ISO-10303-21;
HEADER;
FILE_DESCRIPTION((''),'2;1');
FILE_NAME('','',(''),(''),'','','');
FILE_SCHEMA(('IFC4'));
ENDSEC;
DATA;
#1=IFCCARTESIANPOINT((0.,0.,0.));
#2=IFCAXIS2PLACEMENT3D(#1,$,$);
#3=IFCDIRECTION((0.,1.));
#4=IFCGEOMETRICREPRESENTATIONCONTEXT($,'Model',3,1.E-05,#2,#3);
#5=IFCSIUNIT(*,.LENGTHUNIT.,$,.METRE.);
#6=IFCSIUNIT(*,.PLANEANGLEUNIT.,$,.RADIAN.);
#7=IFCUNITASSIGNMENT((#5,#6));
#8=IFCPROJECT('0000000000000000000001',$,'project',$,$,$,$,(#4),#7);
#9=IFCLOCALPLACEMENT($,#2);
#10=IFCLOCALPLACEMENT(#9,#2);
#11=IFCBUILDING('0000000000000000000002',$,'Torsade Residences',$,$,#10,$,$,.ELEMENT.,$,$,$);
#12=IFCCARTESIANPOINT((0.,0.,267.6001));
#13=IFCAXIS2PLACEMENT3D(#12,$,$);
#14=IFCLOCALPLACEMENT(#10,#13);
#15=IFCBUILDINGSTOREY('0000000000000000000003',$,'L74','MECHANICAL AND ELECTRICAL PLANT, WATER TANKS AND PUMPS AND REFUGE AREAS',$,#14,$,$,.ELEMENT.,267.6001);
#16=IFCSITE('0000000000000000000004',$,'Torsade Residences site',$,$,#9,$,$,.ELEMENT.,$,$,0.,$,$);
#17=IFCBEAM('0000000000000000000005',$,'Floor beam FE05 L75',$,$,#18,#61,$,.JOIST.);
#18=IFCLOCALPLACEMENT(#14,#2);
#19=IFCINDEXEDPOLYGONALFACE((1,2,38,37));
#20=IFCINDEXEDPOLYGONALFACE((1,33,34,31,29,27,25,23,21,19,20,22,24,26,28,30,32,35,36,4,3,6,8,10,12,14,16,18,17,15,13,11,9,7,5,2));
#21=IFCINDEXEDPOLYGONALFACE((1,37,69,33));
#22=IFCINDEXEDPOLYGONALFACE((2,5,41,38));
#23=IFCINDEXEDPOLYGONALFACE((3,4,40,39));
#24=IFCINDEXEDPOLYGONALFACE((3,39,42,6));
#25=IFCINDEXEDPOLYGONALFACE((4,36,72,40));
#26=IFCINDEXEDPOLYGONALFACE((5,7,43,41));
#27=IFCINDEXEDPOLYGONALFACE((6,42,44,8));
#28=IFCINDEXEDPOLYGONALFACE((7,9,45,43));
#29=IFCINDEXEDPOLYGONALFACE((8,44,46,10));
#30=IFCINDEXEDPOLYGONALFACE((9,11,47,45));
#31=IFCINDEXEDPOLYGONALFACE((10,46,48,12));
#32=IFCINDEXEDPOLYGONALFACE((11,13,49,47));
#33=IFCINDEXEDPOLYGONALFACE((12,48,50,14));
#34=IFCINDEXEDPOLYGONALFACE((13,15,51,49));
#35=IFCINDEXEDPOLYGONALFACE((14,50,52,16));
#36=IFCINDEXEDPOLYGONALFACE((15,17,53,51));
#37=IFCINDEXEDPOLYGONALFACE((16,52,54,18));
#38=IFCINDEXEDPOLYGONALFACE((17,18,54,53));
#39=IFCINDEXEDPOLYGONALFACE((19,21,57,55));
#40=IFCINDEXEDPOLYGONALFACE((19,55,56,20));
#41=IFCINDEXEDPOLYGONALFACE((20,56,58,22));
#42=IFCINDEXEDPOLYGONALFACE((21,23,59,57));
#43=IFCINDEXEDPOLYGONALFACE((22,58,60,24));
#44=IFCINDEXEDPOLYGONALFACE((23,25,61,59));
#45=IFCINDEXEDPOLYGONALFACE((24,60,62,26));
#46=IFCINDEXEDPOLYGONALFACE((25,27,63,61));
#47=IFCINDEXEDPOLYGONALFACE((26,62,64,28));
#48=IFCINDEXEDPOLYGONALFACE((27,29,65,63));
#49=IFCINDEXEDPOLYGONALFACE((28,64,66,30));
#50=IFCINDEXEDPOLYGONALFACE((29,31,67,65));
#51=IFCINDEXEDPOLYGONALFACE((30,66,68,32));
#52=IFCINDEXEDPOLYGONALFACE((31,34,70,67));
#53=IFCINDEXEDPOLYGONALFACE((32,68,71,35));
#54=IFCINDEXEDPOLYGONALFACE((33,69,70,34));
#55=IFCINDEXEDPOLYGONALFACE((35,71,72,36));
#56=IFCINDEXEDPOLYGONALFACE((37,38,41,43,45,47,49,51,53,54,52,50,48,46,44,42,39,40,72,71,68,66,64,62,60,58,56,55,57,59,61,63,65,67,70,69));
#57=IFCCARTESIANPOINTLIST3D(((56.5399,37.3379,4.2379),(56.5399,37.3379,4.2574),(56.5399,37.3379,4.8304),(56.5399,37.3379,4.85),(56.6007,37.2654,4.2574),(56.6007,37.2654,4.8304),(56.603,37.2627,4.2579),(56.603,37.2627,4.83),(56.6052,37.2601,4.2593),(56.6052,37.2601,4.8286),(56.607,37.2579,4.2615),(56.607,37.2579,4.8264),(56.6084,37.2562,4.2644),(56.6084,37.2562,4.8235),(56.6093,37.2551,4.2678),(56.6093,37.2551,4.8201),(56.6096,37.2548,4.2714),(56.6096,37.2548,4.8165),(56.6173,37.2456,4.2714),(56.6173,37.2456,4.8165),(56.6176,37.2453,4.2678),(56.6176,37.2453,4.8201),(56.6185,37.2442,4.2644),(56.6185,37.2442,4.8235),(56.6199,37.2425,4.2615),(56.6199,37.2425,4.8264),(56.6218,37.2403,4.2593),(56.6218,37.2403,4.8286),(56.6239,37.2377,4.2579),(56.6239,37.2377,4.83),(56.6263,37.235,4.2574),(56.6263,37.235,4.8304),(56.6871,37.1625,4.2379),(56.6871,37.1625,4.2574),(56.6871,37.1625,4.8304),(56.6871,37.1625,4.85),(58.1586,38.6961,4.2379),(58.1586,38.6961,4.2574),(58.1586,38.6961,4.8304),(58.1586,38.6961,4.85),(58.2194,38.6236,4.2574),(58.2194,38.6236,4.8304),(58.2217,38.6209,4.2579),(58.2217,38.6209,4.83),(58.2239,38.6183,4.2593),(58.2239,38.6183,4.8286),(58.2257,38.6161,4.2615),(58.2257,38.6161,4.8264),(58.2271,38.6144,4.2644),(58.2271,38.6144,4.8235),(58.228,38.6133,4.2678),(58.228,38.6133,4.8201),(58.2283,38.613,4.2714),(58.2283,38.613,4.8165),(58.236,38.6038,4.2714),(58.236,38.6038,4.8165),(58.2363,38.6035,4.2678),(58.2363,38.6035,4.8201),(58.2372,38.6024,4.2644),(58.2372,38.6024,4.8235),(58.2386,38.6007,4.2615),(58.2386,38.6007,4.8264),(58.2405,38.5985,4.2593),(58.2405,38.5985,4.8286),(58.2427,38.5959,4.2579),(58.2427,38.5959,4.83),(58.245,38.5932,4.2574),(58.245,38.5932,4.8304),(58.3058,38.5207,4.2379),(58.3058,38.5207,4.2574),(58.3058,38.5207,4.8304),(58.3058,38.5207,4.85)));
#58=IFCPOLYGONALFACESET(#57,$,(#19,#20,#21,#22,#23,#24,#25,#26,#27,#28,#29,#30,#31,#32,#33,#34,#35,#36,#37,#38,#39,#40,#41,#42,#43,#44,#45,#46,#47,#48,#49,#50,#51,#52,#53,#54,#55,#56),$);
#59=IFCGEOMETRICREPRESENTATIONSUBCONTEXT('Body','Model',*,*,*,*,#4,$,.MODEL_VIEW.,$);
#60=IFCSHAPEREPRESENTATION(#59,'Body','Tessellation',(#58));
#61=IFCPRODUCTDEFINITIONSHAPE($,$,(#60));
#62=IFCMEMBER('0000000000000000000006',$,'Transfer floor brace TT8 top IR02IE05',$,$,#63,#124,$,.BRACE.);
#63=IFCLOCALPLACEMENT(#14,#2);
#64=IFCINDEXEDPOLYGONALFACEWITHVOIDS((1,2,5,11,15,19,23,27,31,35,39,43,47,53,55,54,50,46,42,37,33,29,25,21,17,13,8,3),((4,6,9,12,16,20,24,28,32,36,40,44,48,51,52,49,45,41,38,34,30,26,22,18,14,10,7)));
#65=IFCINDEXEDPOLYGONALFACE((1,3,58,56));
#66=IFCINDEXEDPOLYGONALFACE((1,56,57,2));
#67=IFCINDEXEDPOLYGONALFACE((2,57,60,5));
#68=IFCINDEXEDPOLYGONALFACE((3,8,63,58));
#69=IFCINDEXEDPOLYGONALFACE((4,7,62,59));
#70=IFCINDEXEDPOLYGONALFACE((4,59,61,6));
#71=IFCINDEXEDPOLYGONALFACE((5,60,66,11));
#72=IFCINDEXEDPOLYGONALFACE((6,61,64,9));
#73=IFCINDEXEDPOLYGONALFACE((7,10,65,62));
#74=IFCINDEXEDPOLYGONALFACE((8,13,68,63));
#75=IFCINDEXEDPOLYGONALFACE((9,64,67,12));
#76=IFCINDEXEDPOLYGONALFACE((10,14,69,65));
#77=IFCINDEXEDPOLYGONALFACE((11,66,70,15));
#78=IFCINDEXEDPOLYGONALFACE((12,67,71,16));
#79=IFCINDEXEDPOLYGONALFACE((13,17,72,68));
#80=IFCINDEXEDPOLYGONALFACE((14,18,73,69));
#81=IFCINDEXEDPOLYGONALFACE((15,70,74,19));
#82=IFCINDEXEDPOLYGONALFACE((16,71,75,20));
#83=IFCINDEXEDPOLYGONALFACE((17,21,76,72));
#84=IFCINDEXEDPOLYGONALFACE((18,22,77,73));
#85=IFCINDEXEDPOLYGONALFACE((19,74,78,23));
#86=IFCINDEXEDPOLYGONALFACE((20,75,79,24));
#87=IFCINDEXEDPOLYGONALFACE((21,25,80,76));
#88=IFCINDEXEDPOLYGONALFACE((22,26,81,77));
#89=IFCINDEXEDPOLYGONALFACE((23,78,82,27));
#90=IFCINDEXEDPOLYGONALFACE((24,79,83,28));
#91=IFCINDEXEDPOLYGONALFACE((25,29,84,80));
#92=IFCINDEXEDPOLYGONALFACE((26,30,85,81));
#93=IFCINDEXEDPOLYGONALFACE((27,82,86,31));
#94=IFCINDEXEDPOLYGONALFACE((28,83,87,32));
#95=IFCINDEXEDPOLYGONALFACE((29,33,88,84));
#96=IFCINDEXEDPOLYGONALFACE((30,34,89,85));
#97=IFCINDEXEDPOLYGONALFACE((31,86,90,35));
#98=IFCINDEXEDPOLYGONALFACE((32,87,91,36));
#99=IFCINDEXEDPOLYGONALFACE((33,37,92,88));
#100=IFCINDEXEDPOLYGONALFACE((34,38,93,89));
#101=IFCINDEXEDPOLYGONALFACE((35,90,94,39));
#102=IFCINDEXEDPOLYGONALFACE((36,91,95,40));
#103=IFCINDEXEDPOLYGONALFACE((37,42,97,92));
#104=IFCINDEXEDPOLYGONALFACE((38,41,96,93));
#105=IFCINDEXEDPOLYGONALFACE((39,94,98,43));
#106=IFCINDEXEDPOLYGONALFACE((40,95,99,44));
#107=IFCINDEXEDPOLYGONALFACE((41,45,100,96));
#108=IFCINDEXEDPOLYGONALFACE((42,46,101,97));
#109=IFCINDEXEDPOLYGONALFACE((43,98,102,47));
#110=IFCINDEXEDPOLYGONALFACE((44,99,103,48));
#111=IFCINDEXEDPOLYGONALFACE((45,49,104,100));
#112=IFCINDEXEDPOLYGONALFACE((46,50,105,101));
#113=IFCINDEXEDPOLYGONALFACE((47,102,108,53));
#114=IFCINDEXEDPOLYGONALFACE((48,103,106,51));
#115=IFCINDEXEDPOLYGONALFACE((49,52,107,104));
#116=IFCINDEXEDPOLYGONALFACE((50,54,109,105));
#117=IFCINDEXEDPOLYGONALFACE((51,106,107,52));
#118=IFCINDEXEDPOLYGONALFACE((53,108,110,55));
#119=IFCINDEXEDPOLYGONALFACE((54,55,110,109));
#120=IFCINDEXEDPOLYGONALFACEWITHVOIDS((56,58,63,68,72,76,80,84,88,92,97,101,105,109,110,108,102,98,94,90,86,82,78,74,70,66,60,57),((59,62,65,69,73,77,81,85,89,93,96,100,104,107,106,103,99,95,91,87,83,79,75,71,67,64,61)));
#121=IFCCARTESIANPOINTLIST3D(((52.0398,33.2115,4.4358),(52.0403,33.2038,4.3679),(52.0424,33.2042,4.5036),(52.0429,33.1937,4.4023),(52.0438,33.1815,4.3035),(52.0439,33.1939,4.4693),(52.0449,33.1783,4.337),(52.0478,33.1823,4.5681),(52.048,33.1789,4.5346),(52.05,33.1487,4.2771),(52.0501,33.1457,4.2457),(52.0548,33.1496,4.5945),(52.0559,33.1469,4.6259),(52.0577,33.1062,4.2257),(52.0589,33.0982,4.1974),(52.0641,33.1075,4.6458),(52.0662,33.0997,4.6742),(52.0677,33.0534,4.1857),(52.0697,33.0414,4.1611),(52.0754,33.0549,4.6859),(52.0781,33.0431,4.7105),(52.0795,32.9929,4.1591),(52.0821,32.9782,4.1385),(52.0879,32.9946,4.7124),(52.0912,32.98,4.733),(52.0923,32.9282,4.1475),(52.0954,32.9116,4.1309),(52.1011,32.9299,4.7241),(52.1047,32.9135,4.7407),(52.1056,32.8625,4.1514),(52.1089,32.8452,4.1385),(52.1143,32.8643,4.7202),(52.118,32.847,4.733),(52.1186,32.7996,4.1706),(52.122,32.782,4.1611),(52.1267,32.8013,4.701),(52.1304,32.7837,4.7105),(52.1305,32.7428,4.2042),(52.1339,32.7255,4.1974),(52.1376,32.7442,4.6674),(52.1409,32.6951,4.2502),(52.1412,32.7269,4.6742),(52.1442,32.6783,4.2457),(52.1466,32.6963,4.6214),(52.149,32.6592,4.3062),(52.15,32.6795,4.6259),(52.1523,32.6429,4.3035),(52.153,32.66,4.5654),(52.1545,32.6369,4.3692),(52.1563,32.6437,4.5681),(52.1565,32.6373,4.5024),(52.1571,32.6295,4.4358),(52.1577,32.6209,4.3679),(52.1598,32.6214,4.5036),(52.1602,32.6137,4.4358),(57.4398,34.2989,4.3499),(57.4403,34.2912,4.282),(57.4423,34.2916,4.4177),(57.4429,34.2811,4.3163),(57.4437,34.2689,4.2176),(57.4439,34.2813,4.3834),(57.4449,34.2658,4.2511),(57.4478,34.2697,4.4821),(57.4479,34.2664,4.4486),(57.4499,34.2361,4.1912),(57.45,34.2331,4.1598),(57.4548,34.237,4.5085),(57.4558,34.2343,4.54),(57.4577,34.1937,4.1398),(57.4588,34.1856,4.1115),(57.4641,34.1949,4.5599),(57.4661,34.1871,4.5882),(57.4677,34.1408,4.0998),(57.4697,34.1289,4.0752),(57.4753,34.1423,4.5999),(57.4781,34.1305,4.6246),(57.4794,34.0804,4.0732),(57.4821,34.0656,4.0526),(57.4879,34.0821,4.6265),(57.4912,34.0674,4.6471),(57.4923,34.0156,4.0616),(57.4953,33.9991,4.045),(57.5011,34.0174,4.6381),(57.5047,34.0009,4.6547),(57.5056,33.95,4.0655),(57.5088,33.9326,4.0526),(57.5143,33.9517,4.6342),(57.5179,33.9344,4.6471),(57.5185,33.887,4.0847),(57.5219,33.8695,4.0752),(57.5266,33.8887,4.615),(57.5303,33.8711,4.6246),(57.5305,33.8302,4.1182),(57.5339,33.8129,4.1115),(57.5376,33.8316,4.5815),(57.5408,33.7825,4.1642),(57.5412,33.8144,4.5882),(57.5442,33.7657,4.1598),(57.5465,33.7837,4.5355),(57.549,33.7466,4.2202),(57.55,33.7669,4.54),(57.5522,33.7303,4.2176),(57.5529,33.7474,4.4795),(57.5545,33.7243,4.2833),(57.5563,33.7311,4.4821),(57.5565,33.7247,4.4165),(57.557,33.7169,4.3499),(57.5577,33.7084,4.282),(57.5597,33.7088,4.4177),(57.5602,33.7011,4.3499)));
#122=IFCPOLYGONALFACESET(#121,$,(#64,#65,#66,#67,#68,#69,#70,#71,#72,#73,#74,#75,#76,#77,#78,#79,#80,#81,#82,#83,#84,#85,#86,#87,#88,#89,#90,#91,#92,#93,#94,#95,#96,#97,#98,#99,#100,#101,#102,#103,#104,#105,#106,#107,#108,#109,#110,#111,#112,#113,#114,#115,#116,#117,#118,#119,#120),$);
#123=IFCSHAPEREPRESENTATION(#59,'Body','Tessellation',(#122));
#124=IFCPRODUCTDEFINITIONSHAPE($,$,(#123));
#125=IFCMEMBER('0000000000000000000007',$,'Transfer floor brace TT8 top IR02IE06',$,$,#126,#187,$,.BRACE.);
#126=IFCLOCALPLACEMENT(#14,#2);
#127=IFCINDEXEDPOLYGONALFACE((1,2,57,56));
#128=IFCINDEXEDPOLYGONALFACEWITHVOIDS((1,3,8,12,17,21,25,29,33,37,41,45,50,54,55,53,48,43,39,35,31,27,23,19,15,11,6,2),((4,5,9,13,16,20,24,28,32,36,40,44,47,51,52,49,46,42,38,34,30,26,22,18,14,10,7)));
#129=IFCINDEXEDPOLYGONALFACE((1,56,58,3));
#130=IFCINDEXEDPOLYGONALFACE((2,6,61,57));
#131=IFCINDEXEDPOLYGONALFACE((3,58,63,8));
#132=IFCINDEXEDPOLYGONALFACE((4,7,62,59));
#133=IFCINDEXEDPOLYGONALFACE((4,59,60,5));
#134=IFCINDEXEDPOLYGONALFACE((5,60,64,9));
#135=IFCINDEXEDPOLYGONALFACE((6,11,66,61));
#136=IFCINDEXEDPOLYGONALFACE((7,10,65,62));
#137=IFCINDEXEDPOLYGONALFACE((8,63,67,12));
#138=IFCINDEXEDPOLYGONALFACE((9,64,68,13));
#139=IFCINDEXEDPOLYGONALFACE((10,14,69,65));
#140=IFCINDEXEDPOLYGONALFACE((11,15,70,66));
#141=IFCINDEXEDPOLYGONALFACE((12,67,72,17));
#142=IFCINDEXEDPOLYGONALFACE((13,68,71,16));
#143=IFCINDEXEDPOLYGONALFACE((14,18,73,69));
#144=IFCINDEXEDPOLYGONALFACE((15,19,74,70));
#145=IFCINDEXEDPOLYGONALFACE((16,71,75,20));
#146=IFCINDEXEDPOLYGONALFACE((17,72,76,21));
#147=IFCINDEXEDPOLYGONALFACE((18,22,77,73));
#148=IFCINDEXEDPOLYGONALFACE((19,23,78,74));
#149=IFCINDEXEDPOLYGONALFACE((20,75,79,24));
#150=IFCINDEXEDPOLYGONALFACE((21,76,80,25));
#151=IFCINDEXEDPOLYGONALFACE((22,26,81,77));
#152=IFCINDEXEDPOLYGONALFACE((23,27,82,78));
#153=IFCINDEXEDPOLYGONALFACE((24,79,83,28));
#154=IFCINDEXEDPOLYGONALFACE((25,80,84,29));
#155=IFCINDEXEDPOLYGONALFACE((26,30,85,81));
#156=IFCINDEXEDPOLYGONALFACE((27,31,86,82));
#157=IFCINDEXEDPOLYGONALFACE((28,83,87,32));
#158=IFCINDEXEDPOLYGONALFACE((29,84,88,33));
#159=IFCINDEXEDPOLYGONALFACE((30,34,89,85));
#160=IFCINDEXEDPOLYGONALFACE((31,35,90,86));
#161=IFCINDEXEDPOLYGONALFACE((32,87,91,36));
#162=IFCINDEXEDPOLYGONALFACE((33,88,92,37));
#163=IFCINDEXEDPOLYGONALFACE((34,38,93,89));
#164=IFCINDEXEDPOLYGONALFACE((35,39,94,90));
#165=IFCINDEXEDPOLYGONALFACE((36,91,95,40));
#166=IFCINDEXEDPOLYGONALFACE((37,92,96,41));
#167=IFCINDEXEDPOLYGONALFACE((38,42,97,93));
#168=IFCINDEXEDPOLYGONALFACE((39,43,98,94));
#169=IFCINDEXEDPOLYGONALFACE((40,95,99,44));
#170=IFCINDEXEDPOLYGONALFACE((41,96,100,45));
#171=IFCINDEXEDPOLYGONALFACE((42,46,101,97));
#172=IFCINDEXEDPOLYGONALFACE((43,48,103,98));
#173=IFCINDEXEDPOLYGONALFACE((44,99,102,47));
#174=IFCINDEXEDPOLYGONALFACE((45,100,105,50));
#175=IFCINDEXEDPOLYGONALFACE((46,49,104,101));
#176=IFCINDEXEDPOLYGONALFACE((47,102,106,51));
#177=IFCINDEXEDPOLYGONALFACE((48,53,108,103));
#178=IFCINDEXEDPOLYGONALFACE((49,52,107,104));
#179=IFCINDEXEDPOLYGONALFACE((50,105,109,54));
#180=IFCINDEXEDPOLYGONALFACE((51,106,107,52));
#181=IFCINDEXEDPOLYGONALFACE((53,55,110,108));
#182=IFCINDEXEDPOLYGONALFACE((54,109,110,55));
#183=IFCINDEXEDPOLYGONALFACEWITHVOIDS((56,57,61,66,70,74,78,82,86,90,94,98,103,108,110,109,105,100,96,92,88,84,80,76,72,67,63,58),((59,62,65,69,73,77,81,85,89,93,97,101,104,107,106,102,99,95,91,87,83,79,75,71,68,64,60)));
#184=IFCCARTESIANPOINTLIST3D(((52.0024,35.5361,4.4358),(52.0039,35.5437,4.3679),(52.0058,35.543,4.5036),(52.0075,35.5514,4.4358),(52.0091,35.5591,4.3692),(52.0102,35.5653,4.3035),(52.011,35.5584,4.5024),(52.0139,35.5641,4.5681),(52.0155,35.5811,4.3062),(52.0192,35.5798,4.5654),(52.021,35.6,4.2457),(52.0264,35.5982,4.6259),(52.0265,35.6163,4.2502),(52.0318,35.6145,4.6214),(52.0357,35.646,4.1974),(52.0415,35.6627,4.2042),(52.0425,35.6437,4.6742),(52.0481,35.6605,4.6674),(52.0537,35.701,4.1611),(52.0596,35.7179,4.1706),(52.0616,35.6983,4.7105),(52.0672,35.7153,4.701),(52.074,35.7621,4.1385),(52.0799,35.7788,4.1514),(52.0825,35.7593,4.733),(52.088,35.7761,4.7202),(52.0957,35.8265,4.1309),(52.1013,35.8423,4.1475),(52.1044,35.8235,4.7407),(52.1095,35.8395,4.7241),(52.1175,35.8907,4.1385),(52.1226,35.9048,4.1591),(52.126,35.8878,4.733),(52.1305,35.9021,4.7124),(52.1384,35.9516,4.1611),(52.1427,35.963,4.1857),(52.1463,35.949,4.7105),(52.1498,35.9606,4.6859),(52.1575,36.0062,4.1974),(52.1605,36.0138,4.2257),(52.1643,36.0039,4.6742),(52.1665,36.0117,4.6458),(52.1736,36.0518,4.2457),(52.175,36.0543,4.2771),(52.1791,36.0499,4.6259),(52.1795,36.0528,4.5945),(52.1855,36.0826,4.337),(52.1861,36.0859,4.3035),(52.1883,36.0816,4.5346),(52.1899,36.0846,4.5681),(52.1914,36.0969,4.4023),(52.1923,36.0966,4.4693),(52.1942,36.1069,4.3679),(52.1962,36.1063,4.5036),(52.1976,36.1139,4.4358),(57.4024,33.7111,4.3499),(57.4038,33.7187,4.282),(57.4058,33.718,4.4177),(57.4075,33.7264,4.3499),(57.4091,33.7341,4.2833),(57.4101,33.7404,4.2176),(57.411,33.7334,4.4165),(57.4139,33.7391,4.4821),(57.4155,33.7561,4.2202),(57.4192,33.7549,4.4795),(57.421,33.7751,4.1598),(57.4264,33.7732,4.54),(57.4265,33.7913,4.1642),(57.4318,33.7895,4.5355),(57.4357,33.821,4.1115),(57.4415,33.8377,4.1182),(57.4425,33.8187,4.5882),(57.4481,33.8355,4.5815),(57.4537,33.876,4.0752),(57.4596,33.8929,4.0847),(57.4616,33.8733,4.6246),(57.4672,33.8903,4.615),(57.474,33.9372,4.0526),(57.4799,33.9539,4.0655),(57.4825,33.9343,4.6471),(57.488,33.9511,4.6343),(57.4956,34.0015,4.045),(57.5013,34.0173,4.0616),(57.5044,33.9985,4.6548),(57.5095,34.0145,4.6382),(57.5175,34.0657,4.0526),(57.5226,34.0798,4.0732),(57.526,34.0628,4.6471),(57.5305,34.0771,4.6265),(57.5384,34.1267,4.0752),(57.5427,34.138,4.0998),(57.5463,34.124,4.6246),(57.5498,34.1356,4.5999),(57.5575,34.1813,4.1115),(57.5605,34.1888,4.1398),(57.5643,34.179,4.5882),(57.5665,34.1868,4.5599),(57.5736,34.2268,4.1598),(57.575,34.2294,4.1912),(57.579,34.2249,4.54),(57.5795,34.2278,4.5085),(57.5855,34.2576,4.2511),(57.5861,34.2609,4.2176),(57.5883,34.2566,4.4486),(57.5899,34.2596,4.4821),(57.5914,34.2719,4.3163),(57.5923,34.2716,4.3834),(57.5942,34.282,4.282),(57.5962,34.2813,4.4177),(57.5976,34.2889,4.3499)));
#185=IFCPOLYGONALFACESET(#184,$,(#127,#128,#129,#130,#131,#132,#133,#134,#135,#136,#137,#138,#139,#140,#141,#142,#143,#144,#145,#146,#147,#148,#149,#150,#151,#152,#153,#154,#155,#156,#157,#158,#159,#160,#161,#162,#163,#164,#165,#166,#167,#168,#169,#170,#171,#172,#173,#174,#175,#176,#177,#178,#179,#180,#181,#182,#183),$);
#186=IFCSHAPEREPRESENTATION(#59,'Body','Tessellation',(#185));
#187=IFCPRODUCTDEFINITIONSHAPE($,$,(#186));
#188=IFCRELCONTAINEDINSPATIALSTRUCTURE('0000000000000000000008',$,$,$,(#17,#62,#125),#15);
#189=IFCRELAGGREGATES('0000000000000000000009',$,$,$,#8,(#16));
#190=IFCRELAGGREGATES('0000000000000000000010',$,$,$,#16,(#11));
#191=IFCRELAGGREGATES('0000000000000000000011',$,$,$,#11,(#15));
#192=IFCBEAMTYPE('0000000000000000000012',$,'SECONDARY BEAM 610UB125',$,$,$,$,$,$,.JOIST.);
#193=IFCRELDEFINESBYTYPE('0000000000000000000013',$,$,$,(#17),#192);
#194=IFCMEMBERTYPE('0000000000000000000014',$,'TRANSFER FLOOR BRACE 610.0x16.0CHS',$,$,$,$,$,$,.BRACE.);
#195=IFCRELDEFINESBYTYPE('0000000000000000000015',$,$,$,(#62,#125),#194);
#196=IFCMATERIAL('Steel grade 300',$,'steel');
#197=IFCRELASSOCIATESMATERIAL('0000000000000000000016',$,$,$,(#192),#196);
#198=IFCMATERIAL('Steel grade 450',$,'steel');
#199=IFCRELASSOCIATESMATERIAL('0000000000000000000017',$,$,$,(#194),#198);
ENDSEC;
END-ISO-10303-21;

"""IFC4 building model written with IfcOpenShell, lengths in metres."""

from ifc_helpers import new_model, si_unit, direction, frame, origin, origin_2d, place, context, subcontext, project, spatial, hollow_circle, i_section, extrude, material, material_profile, profile_set, type_object, element, save


model = new_model("IFC4")

# Units and contexts
model_context = context("Model", 3, precision=1e-05, world=origin(), true_north=direction((0.0, 1.0)))
body_context = subcontext(model_context, "Body", "Model", "MODEL_VIEW")
ifc_project = project(units=[si_unit("LENGTHUNIT", "METRE"), si_unit("PLANEANGLEUNIT", "RADIAN")], contexts=[model_context])

# Site, building, storey
site_placement = place(None, origin())
site = spatial("IfcSite", under=ifc_project, at=site_placement, Name="Torsade Residences site", CompositionType="ELEMENT", RefElevation=0.0)
building_placement = place(site_placement, origin())
building = spatial("IfcBuilding", under=site, at=building_placement, Name="Torsade Residences", CompositionType="ELEMENT")
storey_placement = place(building_placement, frame((0.0, 0.0, 267.6001)))
storey = spatial("IfcBuildingStorey", under=building, at=storey_placement, Name="L74", Description="MECHANICAL AND ELECTRICAL PLANT, WATER TANKS AND PUMPS AND REFUGE AREAS", CompositionType="ELEMENT", Elevation=267.6001)

# Beam
ifc_material_1 = material(Name="Steel grade 300", Category="steel")
ifc_material_profile_1 = material_profile(ifc_material_1, i_section(OverallWidth=0.229, OverallDepth=0.6121, WebThickness=0.012, FlangeThickness=0.0195, FilletRadius=0.0139, at=origin_2d()), Name="610UB125")
ifc_profile_set_1 = profile_set([ifc_material_profile_1], Name="Steel grade 300")
beam_type_1 = type_object("IfcBeamType", Name="SECONDARY BEAM 610UB125", PredefinedType="JOIST", material=ifc_profile_set_1)
beam_1_placement = place(storey_placement, frame((58.2322, 38.6084, 4.5439), z_axis=(-0.766058, -0.642772, 0.0), x_axis=(0.642772, -0.766058, 0.0)))
element("IfcBeam", 1, at=beam_1_placement, inside=storey, type_object=beam_type_1, Name="Floor beam FE05 L75", PredefinedType="JOIST", context=body_context, shape_type="SweptSolid", body=[
    extrude(i_section(OverallWidth=0.229, OverallDepth=0.6121, WebThickness=0.012, FlangeThickness=0.0195, FilletRadius=0.0139, at=origin_2d()), origin(), (0.0, 0.0, 1.0), 2.113),
])

# Members
ifc_material_2 = material(Name="Steel grade 450", Category="steel")
ifc_material_profile_2 = material_profile(ifc_material_2, hollow_circle(Radius=0.3049, WallThickness=0.0161, at=origin_2d()), Name="610.0x16.0CHS")
ifc_profile_set_2 = profile_set([ifc_material_profile_2], Name="Steel grade 450")
member_type_1 = type_object("IfcMemberType", Name="TRANSFER FLOOR BRACE 610.0x16.0CHS", PredefinedType="BRACE", material=ifc_profile_set_2)
member_1_placement = place(storey_placement, frame((57.5, 34.0, 4.3499), z_axis=(-0.980201, -0.197388, 0.0156), x_axis=(0.197412, -0.980321, 0.0)))
element("IfcMember", 2, at=member_1_placement, inside=storey, type_object=member_type_1, Name="Transfer floor brace TT8 top IR02IE05", PredefinedType="BRACE", context=body_context, shape_type="SweptSolid", body=[
    extrude(hollow_circle(Radius=0.3049, WallThickness=0.0161, at=origin_2d()), origin(), (0.0, 0.0, 1.0), 5.509),
])
member_2_placement = place(storey_placement, frame((57.5, 34.0, 4.3499), z_axis=(-0.947252, 0.320133, 0.015075), x_axis=(-0.32017, -0.94736, 0.0)))
element("IfcMember", 3, at=member_2_placement, inside=storey, type_object=member_type_1, Name="Transfer floor brace TT8 top IR02IE06", PredefinedType="BRACE", context=body_context, shape_type="SweptSolid", body=[
    extrude(hollow_circle(Radius=0.3049, WallThickness=0.0161, at=origin_2d()), origin(), (0.0, 0.0, 1.0), 5.7007),
])

save(model, "model.ifc")
